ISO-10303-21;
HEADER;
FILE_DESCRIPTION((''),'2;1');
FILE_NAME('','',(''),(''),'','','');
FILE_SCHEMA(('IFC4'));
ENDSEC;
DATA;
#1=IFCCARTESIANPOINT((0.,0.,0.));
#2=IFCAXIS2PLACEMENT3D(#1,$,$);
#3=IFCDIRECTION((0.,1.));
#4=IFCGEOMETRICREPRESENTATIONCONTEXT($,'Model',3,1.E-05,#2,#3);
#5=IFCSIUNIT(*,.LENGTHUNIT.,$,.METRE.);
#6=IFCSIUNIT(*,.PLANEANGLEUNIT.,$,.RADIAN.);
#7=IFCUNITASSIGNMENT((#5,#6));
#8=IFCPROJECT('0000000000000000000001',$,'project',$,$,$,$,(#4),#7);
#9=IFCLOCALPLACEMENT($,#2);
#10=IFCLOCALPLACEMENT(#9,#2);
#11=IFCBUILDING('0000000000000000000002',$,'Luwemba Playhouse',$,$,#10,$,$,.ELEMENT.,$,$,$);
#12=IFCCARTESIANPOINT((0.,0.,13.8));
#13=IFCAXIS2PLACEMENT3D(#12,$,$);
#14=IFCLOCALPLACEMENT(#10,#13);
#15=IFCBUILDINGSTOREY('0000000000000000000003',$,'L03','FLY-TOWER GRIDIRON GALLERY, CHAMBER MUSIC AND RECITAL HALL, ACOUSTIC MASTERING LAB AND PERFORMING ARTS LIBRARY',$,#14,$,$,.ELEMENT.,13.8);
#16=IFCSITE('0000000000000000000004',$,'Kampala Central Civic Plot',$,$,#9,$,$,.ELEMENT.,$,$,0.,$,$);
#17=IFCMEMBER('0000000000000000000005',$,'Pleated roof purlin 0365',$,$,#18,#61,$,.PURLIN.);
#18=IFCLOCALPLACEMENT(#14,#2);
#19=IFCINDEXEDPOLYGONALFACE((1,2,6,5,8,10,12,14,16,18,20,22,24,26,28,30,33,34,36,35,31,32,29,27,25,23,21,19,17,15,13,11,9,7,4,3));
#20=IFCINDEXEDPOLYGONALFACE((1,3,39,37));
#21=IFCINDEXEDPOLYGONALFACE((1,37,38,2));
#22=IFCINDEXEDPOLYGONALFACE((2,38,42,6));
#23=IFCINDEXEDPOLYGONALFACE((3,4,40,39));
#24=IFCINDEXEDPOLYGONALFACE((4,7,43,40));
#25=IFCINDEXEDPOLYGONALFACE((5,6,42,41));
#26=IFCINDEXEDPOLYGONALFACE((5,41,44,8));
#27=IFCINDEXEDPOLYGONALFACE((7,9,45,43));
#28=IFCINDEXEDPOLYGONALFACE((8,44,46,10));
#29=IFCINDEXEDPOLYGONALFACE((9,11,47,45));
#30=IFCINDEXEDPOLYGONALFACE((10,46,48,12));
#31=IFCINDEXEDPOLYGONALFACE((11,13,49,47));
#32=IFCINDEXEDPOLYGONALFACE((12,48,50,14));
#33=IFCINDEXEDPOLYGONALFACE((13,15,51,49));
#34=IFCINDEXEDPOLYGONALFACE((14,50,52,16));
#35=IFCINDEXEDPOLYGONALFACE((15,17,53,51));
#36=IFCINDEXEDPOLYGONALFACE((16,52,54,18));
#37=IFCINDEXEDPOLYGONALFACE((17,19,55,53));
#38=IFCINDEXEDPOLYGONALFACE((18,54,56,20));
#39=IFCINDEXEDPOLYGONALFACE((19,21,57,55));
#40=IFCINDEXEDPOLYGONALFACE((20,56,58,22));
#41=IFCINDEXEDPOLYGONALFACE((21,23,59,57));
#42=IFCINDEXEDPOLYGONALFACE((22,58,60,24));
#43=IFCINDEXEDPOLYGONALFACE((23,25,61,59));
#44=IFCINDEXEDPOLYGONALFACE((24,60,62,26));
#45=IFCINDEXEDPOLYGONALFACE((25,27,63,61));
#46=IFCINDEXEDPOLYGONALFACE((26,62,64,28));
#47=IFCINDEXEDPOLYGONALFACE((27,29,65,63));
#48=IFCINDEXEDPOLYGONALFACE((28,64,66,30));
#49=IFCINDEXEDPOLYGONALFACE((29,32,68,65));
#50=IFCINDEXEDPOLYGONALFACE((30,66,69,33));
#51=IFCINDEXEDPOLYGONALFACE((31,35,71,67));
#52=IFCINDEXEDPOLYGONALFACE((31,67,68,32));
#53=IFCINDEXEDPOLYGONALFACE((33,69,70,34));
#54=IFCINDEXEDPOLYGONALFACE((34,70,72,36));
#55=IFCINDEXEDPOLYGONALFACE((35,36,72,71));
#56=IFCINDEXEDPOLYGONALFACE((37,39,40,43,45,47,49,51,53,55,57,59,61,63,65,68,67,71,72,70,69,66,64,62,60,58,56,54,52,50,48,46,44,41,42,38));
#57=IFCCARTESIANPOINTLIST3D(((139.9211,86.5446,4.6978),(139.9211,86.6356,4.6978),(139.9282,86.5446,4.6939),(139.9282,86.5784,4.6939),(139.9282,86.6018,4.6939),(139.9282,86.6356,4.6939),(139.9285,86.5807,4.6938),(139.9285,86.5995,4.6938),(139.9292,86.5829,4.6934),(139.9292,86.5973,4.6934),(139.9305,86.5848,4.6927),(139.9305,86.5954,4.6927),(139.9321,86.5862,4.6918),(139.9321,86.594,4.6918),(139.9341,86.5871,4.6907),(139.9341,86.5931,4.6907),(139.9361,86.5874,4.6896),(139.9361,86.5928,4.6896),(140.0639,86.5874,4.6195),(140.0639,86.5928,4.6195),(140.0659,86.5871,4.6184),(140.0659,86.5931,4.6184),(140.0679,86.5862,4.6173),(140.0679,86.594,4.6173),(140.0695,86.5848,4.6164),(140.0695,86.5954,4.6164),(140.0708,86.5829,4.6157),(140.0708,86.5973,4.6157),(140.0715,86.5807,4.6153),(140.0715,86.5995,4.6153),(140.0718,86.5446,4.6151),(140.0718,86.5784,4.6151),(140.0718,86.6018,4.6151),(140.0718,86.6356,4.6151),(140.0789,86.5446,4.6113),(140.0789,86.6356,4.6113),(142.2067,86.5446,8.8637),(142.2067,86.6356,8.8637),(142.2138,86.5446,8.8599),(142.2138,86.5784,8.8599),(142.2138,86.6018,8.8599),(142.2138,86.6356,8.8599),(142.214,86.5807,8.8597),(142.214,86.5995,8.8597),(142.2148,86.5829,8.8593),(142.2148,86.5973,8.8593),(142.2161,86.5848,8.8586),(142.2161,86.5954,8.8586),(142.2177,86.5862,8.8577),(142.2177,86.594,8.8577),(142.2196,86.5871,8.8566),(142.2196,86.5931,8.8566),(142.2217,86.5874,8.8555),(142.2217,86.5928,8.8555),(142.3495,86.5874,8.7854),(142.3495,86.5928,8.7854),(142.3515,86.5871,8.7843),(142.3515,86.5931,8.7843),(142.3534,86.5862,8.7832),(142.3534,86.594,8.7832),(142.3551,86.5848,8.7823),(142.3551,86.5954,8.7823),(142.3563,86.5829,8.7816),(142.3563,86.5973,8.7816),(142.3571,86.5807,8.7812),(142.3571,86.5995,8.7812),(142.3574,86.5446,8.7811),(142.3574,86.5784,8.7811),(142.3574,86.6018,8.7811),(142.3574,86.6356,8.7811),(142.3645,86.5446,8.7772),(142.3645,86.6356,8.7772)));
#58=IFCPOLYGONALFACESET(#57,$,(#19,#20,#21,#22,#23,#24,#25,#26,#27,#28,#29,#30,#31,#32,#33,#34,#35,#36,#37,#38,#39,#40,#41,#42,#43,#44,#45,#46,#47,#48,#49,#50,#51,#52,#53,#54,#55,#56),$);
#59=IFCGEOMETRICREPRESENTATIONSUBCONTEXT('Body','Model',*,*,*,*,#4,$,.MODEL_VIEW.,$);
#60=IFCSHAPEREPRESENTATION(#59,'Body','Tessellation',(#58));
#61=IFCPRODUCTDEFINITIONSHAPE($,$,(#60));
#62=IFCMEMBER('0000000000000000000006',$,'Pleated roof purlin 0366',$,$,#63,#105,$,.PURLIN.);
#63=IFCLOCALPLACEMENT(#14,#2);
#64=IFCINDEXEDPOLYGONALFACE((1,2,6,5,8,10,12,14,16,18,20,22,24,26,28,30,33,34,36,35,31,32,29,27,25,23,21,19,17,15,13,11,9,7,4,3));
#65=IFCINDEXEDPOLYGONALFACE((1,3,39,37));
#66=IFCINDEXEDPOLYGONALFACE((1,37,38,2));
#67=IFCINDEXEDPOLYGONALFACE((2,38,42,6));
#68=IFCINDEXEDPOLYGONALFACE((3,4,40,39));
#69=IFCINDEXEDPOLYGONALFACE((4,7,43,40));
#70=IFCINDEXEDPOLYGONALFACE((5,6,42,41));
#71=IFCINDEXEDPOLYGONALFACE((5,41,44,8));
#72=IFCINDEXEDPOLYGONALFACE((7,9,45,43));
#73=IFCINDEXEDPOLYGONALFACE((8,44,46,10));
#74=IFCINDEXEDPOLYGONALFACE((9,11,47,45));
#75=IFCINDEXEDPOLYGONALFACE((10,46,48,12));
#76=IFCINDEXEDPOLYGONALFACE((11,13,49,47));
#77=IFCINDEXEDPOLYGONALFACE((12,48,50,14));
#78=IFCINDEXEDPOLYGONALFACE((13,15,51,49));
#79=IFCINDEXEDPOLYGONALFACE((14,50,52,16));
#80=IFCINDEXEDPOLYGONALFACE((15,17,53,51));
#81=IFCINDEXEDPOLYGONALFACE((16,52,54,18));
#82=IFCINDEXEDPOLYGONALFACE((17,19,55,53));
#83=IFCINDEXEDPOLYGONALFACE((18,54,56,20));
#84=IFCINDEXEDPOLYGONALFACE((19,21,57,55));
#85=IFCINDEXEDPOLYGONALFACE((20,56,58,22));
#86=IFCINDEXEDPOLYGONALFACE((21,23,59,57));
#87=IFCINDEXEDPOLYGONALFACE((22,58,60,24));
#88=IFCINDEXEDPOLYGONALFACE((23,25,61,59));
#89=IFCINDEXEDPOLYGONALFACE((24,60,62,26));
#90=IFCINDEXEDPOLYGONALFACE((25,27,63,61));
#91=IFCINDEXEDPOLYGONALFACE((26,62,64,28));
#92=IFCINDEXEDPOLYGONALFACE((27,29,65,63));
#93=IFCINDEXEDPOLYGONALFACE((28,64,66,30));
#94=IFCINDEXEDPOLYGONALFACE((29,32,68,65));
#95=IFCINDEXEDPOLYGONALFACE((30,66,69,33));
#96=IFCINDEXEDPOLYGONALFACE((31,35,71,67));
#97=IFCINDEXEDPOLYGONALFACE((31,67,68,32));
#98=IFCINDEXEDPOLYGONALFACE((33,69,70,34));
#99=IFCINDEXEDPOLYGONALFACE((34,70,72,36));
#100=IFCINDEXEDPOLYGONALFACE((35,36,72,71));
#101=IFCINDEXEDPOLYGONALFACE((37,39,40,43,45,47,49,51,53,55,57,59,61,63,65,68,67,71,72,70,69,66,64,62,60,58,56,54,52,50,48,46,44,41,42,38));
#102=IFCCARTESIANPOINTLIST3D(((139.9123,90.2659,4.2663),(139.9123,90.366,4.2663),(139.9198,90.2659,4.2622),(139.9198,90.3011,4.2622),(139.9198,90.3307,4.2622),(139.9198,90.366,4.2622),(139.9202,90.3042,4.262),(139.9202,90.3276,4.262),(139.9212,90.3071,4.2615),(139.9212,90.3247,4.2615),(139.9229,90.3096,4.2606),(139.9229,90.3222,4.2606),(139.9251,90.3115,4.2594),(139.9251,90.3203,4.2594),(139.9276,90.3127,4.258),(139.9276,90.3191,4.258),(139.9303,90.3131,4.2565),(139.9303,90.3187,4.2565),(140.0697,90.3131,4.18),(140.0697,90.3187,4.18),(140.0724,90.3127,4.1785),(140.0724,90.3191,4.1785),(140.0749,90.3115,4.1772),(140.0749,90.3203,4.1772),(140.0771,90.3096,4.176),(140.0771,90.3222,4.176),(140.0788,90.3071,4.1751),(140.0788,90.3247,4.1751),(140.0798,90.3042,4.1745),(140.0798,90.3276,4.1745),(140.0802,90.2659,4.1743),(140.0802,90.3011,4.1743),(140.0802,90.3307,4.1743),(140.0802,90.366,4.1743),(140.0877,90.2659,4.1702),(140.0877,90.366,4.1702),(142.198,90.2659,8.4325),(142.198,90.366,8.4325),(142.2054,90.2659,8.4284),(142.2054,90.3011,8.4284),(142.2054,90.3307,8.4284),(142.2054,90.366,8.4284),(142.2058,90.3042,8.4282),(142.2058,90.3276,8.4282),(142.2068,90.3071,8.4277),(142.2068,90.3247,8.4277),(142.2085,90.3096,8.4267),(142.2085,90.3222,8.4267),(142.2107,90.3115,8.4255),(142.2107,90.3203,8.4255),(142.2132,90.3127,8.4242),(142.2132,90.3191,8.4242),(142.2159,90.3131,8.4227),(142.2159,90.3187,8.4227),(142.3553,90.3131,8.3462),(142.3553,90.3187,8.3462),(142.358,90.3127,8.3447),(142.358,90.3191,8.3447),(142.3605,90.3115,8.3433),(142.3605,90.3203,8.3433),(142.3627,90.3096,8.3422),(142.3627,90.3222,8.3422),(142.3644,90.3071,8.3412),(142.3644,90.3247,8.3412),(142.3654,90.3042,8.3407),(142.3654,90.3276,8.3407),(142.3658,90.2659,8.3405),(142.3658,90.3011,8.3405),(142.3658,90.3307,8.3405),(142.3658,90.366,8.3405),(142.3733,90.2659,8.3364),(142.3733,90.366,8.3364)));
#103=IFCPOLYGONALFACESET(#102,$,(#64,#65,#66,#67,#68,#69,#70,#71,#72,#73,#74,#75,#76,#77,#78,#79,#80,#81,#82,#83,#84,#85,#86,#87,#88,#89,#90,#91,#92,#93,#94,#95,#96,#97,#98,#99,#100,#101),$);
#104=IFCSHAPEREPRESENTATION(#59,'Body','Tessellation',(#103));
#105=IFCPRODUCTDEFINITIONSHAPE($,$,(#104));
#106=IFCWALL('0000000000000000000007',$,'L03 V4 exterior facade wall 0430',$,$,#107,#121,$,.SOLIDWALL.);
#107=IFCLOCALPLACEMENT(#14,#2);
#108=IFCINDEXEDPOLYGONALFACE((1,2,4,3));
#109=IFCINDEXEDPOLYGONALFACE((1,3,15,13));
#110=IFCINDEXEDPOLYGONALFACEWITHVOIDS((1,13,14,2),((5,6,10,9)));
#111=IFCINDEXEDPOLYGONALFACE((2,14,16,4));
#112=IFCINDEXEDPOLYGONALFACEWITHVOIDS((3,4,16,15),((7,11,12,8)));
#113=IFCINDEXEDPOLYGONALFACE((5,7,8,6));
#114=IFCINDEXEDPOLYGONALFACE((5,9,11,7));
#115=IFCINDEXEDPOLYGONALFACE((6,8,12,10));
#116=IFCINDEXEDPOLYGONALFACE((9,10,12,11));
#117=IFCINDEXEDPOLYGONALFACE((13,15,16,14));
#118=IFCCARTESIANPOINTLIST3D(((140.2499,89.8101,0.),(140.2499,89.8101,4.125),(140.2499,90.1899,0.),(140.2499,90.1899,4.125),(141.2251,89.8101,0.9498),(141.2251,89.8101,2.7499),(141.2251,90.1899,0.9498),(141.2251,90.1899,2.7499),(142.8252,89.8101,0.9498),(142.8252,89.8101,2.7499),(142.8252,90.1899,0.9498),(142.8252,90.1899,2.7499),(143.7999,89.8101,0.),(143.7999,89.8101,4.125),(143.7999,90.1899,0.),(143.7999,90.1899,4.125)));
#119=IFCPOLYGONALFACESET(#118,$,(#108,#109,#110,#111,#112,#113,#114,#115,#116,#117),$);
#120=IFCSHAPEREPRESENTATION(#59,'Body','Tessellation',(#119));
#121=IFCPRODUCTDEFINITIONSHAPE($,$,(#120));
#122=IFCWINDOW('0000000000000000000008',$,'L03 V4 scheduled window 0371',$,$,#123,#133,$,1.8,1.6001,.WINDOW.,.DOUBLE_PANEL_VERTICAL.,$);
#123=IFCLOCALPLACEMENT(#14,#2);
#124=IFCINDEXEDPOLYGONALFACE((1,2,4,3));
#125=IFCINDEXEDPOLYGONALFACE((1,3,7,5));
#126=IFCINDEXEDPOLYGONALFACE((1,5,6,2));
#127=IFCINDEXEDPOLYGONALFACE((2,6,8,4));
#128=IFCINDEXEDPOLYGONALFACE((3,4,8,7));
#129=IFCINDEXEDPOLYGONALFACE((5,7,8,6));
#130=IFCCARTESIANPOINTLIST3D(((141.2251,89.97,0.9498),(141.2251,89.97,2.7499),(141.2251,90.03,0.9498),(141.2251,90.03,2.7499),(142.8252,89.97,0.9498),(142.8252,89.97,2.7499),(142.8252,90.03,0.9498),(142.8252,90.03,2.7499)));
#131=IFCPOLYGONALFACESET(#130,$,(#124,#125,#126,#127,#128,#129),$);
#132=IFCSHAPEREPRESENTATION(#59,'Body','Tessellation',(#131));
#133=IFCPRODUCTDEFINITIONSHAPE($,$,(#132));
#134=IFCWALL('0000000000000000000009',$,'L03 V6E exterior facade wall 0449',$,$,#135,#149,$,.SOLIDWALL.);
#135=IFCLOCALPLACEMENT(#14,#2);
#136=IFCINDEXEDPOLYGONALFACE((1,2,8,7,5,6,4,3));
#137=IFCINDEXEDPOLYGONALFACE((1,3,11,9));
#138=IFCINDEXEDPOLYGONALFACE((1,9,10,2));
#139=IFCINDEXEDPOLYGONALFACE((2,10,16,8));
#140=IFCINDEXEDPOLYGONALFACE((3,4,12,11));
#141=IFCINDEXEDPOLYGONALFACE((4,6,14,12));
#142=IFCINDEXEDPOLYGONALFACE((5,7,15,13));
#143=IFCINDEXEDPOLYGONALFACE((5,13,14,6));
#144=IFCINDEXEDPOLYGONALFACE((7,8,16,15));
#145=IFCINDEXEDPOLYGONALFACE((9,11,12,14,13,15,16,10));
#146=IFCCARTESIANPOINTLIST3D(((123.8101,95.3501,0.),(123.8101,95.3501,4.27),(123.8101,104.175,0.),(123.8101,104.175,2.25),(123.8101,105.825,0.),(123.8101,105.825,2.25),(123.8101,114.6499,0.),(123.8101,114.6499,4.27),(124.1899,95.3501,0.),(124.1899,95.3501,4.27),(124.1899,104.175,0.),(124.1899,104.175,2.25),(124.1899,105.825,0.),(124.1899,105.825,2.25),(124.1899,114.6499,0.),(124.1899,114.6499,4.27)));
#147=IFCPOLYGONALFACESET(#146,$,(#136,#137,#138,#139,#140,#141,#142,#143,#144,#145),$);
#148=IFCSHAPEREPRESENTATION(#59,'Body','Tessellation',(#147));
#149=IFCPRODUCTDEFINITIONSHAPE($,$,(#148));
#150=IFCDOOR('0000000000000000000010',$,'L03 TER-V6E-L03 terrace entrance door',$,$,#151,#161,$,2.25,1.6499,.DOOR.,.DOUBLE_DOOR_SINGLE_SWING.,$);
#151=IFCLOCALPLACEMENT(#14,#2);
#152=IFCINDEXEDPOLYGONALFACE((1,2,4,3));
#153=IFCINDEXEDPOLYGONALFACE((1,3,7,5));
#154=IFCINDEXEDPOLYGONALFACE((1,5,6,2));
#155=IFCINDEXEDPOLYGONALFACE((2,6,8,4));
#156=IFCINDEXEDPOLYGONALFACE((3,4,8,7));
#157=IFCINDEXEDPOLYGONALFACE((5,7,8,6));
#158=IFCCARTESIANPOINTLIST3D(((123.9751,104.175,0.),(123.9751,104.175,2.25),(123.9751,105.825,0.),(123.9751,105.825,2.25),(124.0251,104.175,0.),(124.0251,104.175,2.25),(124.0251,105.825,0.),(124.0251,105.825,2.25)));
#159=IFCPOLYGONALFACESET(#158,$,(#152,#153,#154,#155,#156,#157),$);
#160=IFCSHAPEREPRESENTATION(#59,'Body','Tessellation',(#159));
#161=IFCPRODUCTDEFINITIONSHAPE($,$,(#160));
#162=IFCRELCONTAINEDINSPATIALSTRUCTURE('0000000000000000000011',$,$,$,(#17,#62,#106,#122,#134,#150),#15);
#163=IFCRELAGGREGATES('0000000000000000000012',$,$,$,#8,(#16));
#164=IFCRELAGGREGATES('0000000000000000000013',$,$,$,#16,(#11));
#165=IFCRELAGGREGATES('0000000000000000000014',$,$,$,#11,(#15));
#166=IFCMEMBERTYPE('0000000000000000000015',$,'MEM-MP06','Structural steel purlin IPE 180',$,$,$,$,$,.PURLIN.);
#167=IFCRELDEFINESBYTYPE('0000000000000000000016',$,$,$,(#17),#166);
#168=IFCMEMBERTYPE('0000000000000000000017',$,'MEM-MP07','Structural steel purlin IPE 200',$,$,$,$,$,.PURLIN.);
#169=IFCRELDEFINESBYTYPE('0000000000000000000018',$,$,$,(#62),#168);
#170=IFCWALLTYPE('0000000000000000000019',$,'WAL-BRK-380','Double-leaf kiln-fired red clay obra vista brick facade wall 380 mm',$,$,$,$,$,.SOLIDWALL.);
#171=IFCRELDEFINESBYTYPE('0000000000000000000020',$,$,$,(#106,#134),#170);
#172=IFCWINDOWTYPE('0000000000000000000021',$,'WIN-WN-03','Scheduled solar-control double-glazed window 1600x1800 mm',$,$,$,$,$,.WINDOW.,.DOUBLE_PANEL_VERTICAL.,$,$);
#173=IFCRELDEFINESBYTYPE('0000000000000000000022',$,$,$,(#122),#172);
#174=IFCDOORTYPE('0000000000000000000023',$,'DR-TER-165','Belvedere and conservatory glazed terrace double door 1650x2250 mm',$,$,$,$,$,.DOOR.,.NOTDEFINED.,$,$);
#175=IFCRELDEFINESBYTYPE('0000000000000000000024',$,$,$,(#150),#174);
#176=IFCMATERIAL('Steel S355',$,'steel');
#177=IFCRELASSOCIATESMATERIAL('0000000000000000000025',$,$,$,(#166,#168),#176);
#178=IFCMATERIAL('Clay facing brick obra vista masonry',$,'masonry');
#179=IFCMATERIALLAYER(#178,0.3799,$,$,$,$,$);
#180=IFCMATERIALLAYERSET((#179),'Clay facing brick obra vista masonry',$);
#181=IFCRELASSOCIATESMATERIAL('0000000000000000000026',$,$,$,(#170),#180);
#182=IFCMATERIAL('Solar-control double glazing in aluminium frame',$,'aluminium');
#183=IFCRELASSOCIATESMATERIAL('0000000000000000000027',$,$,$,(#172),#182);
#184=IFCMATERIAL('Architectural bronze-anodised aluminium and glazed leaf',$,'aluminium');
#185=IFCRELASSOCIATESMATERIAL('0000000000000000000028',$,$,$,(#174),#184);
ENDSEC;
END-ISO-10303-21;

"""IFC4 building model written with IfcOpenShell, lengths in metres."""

from ifc_helpers import new_model, si_unit, direction, frame, frame_2d, origin, origin_2d, place, context, subcontext, project, spatial, rectangle, i_section, extrude, material, layer, layer_set, material_profile, profile_set, type_object, element, fill, save


model = new_model("IFC4")

# Units and contexts
model_context = context("Model", 3, precision=1e-05, world=origin(), true_north=direction((0.0, 1.0)))
body_context = subcontext(model_context, "Body", "Model", "MODEL_VIEW")
ifc_project = project(units=[si_unit("LENGTHUNIT", "METRE"), si_unit("PLANEANGLEUNIT", "RADIAN")], contexts=[model_context])

# Site, building, storey
site_placement = place(None, origin())
site = spatial("IfcSite", under=ifc_project, at=site_placement, Name="Kampala Central Civic Plot", CompositionType="ELEMENT", RefElevation=0.0)
building_placement = place(site_placement, origin())
building = spatial("IfcBuilding", under=site, at=building_placement, Name="Luwemba Playhouse", CompositionType="ELEMENT")
storey_placement = place(building_placement, frame((0.0, 0.0, 13.8)))
storey = spatial("IfcBuildingStorey", under=building, at=storey_placement, Name="L03", Description="FLY-TOWER GRIDIRON GALLERY, CHAMBER MUSIC AND RECITAL HALL, ACOUSTIC MASTERING LAB AND PERFORMING ARTS LIBRARY", CompositionType="ELEMENT", Elevation=13.8)

# Shared definitions
ifc_material_1 = material(Name="Steel S355", Category="steel")

# Members
ifc_material_profile_1 = material_profile(ifc_material_1, i_section(OverallWidth=0.0911, OverallDepth=0.1799, WebThickness=0.0054, FlangeThickness=0.0081, FilletRadius=0.009, at=origin_2d()))
ifc_profile_set_1 = profile_set([ifc_material_profile_1], Name="Steel S355")
member_type_1 = type_object("IfcMemberType", Name="MEM-MP06", Description="Structural steel purlin IPE 180", PredefinedType="PURLIN", material=ifc_profile_set_1)
member_1_placement = place(storey_placement, frame((140.0, 86.5901, 4.6545), z_axis=(0.481003, 0.0, 0.876719), x_axis=(0.0, 1.0, 0.0)))
element("IfcMember", 1, at=member_1_placement, inside=storey, type_object=member_type_1, Name="Pleated roof purlin 0365", PredefinedType="PURLIN", context=body_context, shape_type="SweptSolid", body=[
    extrude(i_section(OverallWidth=0.0911, OverallDepth=0.1799, WebThickness=0.0054, FlangeThickness=0.0081, FilletRadius=0.009, at=origin_2d()), origin(), (0.0, 0.0, 1.0), 4.7517),
])
ifc_material_profile_2 = material_profile(ifc_material_1, i_section(OverallWidth=0.1001, OverallDepth=0.2, WebThickness=0.0056, FlangeThickness=0.0085, FilletRadius=0.012, at=origin_2d()))
ifc_profile_set_2 = profile_set([ifc_material_profile_2], Name="Steel S355")
member_type_2 = type_object("IfcMemberType", Name="MEM-MP07", Description="Structural steel purlin IPE 200", PredefinedType="PURLIN", material=ifc_profile_set_2)
member_2_placement = place(storey_placement, frame((140.0, 90.3159, 4.2183), z_axis=(0.480982, 0.0, 0.876731), x_axis=(0.0, 1.0, 0.0)))
element("IfcMember", 2, at=member_2_placement, inside=storey, type_object=member_type_2, Name="Pleated roof purlin 0366", PredefinedType="PURLIN", context=body_context, shape_type="SweptSolid", body=[
    extrude(i_section(OverallWidth=0.1001, OverallDepth=0.2, WebThickness=0.0056, FlangeThickness=0.0085, FilletRadius=0.012, at=origin_2d()), origin(), (0.0, 0.0, 1.0), 4.752),
])

# Wall, opening, window
ifc_material_2 = material(Name="Clay facing brick obra vista masonry", Category="masonry")
ifc_layer_1 = layer(ifc_material_2, 0.3799)
ifc_layer_set_1 = layer_set([ifc_layer_1], Name="Clay facing brick obra vista masonry")
wall_type_1 = type_object("IfcWallType", Name="WAL-BRK-380", Description="Double-leaf kiln-fired red clay obra vista brick facade wall 380 mm", PredefinedType="SOLIDWALL", material=ifc_layer_set_1)
wall_1_placement = place(storey_placement, frame((140.25, 90.0, 0.0), z_axis=(0.0, 0.0, 1.0), x_axis=(1.0, 0.0, 0.0)))
wall_1 = element("IfcWall", 3, at=wall_1_placement, inside=storey, type_object=wall_type_1, Name="L03 V4 exterior facade wall 0430", PredefinedType="SOLIDWALL", context=body_context, shape_type="SweptSolid", body=[
    extrude(rectangle(XDim=3.55, YDim=0.3799, at=frame_2d((1.7749, 0.0))), origin(), (0.0, 0.0, 1.0), 4.125),
])
opening_1_placement = place(wall_1_placement, frame((0.9751, 0.0, 0.95)))
opening_1 = element("IfcOpeningElement", 4, at=opening_1_placement, cuts=wall_1, PredefinedType="OPENING", context=body_context, shape_type="SweptSolid", body=[
    extrude(rectangle(XDim=1.6001, YDim=1.8, at=frame_2d((0.8, 0.8999))), frame((0.0, 0.2, 0.0), z_axis=(0.0, -1.0, 0.0), x_axis=(1.0, 0.0, 0.0)), (0.0, 0.0, 1.0), 0.3999),
])
ifc_material_3 = material(Name="Solar-control double glazing in aluminium frame", Category="aluminium")
window_type_1 = type_object("IfcWindowType", Name="WIN-WN-03", Description="Scheduled solar-control double-glazed window 1600x1800 mm", PartitioningType="DOUBLE_PANEL_VERTICAL", PredefinedType="WINDOW", material=ifc_material_3)
window_1_placement = place(opening_1_placement, origin())
window_1 = element("IfcWindow", 5, at=window_1_placement, inside=storey, type_object=window_type_1, Name="L03 V4 scheduled window 0371", OverallHeight=1.8, OverallWidth=1.6001, PartitioningType="DOUBLE_PANEL_VERTICAL", PredefinedType="WINDOW", context=body_context, shape_type="SweptSolid", body=[
    extrude(rectangle(XDim=1.6001, YDim=1.8, at=frame_2d((0.8, 0.8999))), frame((0.0, 0.03, 0.0), z_axis=(0.0, -1.0, 0.0), x_axis=(1.0, 0.0, 0.0)), (0.0, 0.0, 1.0), 0.0601),
])
fill(opening_1, window_1)

# Wall, opening, door
wall_2_placement = place(storey_placement, frame((124.0, 95.3501, 0.0), z_axis=(0.0, 0.0, 1.0), x_axis=(0.0, 1.0, 0.0)))
wall_2 = element("IfcWall", 6, at=wall_2_placement, inside=storey, type_object=wall_type_1, Name="L03 V6E exterior facade wall 0449", PredefinedType="SOLIDWALL", context=body_context, shape_type="SweptSolid", body=[
    extrude(rectangle(XDim=19.2998, YDim=0.3799, at=frame_2d((9.6499, 0.0))), origin(), (0.0, 0.0, 1.0), 4.27),
])
opening_2_placement = place(wall_2_placement, frame((8.825, 0.0, 0.0)))
opening_2 = element("IfcOpeningElement", 7, at=opening_2_placement, cuts=wall_2, PredefinedType="OPENING", context=body_context, shape_type="SweptSolid", body=[
    extrude(rectangle(XDim=1.6499, YDim=2.25, at=frame_2d((0.825, 1.125))), frame((0.0, 0.2, 0.0), z_axis=(0.0, -1.0, 0.0), x_axis=(1.0, 0.0, 0.0)), (0.0, 0.0, 1.0), 0.3999),
])
ifc_material_4 = material(Name="Architectural bronze-anodised aluminium and glazed leaf", Category="aluminium")
door_type = type_object("IfcDoorType", Name="DR-TER-165", Description="Belvedere and conservatory glazed terrace double door 1650x2250 mm", OperationType="NOTDEFINED", PredefinedType="DOOR", material=ifc_material_4)
door_placement = place(opening_2_placement, origin())
door = element("IfcDoor", 8, at=door_placement, inside=storey, type_object=door_type, Name="L03 TER-V6E-L03 terrace entrance door", OperationType="DOUBLE_DOOR_SINGLE_SWING", OverallHeight=2.25, OverallWidth=1.6499, PredefinedType="DOOR", context=body_context, shape_type="SweptSolid", body=[
    extrude(rectangle(XDim=1.6499, YDim=2.25, at=frame_2d((0.825, 1.125))), frame((0.0, 0.0249, 0.0), z_axis=(0.0, -1.0, 0.0), x_axis=(1.0, 0.0, 0.0)), (0.0, 0.0, 1.0), 0.05),
])
fill(opening_2, door)

save(model, "model.ifc")
